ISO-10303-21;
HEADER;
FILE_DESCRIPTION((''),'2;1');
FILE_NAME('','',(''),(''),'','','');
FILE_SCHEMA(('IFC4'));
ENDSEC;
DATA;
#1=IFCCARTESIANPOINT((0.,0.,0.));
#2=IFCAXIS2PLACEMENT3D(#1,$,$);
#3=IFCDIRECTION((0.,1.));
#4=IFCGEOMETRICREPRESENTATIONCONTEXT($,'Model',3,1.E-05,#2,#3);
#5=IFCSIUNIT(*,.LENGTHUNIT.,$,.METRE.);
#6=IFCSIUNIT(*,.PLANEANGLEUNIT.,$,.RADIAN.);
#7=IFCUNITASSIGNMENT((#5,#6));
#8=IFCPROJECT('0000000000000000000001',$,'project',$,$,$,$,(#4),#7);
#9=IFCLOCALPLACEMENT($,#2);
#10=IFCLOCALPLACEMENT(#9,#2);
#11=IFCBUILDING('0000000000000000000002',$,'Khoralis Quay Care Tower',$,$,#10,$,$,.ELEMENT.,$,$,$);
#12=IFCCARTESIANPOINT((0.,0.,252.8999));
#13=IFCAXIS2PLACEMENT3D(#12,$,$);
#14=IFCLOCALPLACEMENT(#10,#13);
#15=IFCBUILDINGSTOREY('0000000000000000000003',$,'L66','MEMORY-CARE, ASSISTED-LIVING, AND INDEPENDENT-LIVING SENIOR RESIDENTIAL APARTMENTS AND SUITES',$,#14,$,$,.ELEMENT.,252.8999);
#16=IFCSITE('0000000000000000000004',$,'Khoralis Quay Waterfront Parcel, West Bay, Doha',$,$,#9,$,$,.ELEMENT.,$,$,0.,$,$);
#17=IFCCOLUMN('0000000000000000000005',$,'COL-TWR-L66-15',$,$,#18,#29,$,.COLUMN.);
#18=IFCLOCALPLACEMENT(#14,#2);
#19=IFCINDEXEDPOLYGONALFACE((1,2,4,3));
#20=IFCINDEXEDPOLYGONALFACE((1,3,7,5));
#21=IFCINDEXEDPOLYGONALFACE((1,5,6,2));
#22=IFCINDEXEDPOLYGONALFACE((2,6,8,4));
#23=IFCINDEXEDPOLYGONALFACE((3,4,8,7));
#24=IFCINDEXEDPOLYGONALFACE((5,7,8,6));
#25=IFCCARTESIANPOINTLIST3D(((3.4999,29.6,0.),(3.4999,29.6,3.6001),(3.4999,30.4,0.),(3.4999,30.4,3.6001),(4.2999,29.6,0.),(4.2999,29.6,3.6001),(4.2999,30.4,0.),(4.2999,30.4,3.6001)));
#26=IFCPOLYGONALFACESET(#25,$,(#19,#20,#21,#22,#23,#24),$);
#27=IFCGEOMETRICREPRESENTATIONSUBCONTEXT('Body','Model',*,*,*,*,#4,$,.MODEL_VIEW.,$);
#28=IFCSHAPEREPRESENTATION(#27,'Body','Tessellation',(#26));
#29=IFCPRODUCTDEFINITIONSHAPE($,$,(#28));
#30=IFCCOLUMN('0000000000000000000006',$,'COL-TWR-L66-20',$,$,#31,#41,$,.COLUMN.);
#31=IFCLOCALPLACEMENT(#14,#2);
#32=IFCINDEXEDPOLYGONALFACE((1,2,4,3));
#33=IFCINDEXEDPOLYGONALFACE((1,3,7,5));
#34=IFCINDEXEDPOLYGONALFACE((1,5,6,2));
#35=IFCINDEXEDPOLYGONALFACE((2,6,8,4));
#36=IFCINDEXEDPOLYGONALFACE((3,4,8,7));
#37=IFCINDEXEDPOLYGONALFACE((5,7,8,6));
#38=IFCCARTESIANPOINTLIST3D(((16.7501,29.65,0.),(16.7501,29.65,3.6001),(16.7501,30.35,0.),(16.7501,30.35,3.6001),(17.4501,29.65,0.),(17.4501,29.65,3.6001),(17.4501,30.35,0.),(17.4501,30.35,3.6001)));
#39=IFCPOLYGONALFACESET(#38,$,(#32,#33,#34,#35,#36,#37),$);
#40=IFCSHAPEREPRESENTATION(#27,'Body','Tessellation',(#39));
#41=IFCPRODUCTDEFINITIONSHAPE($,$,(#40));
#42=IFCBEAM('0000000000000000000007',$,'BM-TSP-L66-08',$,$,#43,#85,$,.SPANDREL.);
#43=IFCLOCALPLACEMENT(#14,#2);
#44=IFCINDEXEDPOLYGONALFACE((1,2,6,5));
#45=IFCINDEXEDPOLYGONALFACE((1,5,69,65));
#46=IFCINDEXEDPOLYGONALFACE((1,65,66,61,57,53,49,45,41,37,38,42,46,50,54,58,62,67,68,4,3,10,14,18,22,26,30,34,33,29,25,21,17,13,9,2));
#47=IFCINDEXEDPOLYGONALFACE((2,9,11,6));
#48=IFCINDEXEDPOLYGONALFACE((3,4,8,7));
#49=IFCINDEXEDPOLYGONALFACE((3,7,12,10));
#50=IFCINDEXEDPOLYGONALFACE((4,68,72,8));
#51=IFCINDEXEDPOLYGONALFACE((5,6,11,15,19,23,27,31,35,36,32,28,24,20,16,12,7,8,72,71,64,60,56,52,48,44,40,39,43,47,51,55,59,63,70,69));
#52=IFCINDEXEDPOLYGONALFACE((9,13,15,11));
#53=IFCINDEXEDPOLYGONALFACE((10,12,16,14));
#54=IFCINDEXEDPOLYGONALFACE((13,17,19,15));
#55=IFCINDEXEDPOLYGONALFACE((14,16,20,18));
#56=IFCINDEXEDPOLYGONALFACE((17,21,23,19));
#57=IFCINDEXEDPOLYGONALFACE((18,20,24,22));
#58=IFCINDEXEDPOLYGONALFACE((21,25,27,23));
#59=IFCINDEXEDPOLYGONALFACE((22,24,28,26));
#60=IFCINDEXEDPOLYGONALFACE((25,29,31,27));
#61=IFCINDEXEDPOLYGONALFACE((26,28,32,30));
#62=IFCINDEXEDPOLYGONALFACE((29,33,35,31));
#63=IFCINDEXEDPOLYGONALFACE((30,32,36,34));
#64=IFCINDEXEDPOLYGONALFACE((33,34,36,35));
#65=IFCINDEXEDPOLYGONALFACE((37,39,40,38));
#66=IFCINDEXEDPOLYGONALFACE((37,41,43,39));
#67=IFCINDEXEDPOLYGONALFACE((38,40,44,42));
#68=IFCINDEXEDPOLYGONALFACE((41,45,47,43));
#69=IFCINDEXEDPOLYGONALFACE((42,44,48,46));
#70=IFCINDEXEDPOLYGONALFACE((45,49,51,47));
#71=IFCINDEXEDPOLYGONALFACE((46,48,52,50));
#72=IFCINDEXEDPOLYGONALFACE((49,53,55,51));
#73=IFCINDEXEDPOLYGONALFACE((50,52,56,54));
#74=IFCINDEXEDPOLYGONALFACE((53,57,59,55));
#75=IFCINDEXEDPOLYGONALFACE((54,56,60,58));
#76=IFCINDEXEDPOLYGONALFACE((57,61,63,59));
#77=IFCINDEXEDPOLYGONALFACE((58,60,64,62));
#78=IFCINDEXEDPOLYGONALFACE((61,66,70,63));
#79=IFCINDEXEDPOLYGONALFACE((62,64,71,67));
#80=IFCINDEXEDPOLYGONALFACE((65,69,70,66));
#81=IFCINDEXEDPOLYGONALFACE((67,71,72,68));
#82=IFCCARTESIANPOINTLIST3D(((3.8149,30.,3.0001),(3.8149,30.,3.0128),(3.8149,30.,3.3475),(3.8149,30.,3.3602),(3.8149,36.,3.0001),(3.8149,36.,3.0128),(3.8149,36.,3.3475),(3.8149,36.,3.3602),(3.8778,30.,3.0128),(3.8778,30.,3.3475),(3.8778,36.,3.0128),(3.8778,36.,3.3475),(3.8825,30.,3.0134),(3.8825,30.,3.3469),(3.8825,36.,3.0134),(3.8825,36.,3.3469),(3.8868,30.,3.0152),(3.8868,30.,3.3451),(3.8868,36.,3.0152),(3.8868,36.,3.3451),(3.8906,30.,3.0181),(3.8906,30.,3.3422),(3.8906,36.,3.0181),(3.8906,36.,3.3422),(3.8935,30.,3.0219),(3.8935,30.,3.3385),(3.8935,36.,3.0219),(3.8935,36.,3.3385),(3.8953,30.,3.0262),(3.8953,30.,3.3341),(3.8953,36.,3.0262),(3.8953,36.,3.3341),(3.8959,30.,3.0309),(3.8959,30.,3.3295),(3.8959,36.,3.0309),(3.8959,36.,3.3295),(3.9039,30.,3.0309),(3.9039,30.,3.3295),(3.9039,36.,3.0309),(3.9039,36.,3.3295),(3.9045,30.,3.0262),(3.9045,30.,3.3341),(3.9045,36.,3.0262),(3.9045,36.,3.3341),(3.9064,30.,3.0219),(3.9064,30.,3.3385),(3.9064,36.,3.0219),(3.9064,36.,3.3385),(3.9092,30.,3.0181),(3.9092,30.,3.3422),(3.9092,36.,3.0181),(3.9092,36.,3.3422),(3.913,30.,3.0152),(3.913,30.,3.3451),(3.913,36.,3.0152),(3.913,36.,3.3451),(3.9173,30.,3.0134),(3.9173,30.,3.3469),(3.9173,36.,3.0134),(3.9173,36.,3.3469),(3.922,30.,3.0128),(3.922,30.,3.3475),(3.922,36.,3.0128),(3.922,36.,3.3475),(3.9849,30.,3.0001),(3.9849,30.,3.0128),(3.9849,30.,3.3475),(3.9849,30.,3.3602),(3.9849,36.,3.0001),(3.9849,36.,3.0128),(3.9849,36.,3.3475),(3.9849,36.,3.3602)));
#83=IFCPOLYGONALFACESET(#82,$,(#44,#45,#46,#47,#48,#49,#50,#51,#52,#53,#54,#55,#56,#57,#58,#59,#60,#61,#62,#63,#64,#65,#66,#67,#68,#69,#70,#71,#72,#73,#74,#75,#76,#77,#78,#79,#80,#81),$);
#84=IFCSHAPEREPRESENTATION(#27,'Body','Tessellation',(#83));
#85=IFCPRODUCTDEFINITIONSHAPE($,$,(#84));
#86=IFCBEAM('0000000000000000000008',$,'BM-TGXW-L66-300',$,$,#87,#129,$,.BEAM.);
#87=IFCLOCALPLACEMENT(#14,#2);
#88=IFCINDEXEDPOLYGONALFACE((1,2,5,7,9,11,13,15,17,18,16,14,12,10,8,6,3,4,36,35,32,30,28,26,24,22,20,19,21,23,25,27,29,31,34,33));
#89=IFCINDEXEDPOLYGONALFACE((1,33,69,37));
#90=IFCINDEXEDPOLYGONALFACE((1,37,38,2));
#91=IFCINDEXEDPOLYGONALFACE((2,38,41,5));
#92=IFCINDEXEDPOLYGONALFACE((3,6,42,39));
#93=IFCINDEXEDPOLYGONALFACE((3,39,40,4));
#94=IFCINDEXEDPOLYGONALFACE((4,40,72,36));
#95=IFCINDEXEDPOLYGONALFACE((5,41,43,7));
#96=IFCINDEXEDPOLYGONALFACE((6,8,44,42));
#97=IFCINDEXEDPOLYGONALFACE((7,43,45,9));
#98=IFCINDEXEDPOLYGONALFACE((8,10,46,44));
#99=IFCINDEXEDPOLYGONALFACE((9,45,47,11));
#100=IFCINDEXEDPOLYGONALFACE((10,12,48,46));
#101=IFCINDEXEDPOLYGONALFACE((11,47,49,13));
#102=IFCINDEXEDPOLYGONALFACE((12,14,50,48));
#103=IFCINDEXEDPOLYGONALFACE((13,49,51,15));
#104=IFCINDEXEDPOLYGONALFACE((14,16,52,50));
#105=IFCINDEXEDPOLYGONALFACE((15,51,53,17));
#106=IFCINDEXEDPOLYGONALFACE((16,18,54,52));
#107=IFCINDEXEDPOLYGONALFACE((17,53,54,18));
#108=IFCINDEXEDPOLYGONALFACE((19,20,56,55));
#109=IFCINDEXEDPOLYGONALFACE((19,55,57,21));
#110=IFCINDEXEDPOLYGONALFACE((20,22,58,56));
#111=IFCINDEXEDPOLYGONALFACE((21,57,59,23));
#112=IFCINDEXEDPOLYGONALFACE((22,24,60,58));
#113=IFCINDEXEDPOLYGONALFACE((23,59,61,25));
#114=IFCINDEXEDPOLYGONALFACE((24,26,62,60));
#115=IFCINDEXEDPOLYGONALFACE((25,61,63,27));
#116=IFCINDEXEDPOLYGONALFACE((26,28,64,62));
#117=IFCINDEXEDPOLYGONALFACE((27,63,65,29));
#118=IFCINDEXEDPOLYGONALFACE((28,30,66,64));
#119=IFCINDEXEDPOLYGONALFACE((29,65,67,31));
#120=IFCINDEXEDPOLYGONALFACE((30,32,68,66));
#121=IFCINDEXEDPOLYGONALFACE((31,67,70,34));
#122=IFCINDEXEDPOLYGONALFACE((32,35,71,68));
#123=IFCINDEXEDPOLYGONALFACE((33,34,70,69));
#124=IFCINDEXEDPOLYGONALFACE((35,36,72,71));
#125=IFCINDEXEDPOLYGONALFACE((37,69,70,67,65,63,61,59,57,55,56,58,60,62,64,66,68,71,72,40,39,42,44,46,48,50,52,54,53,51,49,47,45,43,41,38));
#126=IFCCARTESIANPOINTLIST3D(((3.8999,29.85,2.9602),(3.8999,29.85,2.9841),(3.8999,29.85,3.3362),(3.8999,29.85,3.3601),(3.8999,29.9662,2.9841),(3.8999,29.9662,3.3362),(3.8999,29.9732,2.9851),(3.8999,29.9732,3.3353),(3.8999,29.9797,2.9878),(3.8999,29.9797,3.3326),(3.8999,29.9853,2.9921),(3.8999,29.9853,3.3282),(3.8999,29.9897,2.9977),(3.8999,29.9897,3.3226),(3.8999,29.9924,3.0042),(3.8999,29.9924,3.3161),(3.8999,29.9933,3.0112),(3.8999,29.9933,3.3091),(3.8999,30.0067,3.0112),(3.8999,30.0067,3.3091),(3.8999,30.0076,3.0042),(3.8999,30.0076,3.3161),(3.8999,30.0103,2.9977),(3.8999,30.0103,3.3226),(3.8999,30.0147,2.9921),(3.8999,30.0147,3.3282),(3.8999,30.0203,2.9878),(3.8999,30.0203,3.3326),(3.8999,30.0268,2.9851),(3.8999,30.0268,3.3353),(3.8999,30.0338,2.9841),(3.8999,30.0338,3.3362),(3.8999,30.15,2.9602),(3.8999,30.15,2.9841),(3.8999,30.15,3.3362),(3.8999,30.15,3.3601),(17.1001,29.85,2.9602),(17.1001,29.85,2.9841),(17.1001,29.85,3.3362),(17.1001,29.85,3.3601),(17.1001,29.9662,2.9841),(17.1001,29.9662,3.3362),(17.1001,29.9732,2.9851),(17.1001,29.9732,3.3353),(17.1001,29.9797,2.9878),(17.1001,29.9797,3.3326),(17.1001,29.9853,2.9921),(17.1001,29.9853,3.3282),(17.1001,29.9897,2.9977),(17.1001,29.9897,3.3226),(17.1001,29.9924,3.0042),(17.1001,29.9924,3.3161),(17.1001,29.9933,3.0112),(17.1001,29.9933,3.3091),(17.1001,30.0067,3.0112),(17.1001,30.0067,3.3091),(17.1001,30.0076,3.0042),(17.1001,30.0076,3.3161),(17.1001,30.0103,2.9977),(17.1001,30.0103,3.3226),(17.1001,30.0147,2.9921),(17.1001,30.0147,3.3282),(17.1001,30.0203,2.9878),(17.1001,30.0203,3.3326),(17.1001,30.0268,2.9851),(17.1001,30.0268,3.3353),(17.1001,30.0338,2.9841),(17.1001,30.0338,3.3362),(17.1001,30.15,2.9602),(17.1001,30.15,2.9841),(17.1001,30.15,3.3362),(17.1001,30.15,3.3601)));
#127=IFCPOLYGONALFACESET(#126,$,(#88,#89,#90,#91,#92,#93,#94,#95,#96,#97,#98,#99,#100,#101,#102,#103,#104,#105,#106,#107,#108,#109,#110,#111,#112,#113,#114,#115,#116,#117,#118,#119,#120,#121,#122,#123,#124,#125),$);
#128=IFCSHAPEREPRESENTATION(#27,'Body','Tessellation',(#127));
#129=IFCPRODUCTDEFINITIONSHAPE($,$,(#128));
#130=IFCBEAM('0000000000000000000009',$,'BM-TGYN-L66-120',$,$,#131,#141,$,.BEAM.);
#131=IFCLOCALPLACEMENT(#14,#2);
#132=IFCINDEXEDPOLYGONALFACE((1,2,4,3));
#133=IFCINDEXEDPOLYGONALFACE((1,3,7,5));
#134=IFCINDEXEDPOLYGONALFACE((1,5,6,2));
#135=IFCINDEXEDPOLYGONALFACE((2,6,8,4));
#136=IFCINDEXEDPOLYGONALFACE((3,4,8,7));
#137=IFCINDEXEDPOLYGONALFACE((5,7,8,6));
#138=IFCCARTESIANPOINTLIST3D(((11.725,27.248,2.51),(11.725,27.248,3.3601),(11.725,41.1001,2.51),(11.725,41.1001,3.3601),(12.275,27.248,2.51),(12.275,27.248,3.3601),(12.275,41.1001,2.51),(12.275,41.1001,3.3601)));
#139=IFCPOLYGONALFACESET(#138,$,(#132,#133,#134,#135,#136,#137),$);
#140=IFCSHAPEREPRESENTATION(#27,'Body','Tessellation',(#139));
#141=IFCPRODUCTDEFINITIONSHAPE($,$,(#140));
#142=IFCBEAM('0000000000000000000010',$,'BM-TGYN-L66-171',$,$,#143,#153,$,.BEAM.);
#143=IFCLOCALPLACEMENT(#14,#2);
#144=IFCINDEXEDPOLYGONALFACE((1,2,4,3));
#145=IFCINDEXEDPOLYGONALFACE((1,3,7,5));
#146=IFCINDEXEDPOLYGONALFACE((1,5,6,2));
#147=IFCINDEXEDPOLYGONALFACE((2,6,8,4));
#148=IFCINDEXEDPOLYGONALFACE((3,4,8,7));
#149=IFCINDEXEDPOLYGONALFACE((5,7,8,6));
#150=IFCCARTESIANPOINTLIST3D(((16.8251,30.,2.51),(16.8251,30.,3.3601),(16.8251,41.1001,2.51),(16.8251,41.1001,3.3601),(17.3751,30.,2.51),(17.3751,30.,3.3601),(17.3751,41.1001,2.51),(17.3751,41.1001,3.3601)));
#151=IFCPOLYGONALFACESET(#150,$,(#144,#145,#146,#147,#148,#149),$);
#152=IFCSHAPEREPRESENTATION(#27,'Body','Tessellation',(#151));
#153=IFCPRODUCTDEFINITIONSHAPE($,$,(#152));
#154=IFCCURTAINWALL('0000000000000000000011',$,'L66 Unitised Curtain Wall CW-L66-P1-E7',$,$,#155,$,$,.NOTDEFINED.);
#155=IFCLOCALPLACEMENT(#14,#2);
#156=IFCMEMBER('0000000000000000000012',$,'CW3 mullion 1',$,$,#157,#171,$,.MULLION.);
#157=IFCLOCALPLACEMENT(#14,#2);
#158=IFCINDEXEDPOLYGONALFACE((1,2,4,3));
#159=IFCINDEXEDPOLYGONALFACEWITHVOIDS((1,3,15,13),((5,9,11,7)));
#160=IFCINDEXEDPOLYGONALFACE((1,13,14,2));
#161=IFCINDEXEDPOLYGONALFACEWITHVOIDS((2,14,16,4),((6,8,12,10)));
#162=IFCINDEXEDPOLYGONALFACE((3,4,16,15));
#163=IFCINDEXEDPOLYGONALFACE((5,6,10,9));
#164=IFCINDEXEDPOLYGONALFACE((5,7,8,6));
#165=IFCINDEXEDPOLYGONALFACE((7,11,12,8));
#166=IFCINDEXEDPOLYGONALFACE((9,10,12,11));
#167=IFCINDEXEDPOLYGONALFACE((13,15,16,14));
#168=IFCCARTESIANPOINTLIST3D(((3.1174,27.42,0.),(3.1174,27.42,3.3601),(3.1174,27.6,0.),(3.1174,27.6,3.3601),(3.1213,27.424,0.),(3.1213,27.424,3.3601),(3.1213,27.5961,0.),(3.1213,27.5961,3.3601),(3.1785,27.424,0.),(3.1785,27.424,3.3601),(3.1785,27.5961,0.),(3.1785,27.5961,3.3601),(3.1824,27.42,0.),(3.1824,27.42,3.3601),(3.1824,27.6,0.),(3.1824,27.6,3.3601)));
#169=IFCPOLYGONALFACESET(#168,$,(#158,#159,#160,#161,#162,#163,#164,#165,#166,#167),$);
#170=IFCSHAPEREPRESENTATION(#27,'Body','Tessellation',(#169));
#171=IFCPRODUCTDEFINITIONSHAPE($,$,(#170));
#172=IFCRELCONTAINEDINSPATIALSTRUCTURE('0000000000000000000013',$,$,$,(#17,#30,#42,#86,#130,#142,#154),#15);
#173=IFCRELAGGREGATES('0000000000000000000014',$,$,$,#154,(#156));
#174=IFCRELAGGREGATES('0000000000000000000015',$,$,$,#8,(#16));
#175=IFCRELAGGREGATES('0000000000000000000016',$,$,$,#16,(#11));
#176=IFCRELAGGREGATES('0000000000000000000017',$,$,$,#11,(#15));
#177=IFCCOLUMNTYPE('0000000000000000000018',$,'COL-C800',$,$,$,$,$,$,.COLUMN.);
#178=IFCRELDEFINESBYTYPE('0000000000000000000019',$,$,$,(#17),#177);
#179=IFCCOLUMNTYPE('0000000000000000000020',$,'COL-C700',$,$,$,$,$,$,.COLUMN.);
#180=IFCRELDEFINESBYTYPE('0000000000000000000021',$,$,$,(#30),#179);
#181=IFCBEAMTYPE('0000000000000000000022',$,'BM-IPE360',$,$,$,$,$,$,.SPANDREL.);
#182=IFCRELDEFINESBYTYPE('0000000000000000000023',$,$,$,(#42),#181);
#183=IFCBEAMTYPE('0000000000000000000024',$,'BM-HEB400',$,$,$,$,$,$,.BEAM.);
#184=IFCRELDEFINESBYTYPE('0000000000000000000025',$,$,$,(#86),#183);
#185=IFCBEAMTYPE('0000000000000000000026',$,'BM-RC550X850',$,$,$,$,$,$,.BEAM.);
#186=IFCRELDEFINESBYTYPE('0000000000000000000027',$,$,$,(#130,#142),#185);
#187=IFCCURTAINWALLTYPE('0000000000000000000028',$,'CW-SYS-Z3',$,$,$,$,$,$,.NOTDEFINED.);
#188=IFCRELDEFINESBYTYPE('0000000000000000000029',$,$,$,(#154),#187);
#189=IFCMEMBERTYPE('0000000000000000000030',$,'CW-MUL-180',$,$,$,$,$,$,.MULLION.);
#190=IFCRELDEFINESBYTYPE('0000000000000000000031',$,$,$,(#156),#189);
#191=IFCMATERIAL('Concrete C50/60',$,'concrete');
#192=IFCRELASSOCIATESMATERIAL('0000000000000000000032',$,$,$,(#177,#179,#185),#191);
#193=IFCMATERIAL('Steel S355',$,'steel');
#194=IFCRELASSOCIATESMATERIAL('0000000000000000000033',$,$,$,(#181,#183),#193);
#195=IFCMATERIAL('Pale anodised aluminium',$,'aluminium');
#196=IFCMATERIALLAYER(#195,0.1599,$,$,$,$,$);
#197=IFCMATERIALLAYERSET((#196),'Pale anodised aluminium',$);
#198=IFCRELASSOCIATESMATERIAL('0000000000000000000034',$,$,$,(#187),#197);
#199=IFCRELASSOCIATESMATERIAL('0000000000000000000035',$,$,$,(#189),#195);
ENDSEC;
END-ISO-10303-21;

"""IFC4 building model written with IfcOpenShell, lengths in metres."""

from ifc_helpers import new_model, si_unit, direction, frame, origin, origin_2d, place, context, subcontext, project, spatial, rectangle, hollow_rectangle, i_section, extrude, source, transform, mapped, material, layer, layer_set, material_profile, profile_set, type_object, element, aggregate, save


model = new_model("IFC4")

# Units and contexts
model_context = context("Model", 3, precision=1e-05, world=origin(), true_north=direction((0.0, 1.0)))
body_context = subcontext(model_context, "Body", "Model", "MODEL_VIEW")
ifc_project = project(units=[si_unit("LENGTHUNIT", "METRE"), si_unit("PLANEANGLEUNIT", "RADIAN")], contexts=[model_context])

# Site, building, storey
site_placement = place(None, origin())
site = spatial("IfcSite", under=ifc_project, at=site_placement, Name="Khoralis Quay Waterfront Parcel, West Bay, Doha", CompositionType="ELEMENT", RefElevation=0.0)
building_placement = place(site_placement, origin())
building = spatial("IfcBuilding", under=site, at=building_placement, Name="Khoralis Quay Care Tower", CompositionType="ELEMENT")
storey_placement = place(building_placement, frame((0.0, 0.0, 252.8999)))
storey = spatial("IfcBuildingStorey", under=building, at=storey_placement, Name="L66", Description="MEMORY-CARE, ASSISTED-LIVING, AND INDEPENDENT-LIVING SENIOR RESIDENTIAL APARTMENTS AND SUITES", CompositionType="ELEMENT", Elevation=252.8999)

# Columns
ifc_material_1 = material(Name="Concrete C50/60", Category="concrete")
ifc_material_profile_1 = material_profile(ifc_material_1, rectangle(XDim=0.8, YDim=0.8, at=origin_2d()), Name="Concrete C50/60")
ifc_profile_set_1 = profile_set([ifc_material_profile_1], Name="Concrete C50/60")
column_type_1 = type_object("IfcColumnType", Name="COL-C800", PredefinedType="COLUMN", material=ifc_profile_set_1)
shared_shape_1 = source(origin(), body_context, "Body", "SweptSolid", [
    extrude(rectangle(XDim=0.8, YDim=0.8, at=origin_2d()), origin(), (0.0, 0.0, 1.0), 3.6001),
])
column_1_placement = place(storey_placement, frame((3.8999, 30.0, 0.0), z_axis=(0.0, 0.0, 1.0), x_axis=(1.0, 0.0, 0.0)))
element("IfcColumn", 1, at=column_1_placement, inside=storey, type_object=column_type_1, Name="COL-TWR-L66-15", PredefinedType="COLUMN", context=body_context, shape_type="MappedRepresentation", body=[
    mapped(shared_shape_1, transform((0.0, 0.0, 0.0), scale=1.0)),
])
ifc_material_profile_2 = material_profile(ifc_material_1, rectangle(XDim=0.7, YDim=0.7, at=origin_2d()), Name="Concrete C50/60")
ifc_profile_set_2 = profile_set([ifc_material_profile_2], Name="Concrete C50/60")
column_type_2 = type_object("IfcColumnType", Name="COL-C700", PredefinedType="COLUMN", material=ifc_profile_set_2)
shared_shape_2 = source(origin(), body_context, "Body", "SweptSolid", [
    extrude(rectangle(XDim=0.7, YDim=0.7, at=origin_2d()), origin(), (0.0, 0.0, 1.0), 3.6001),
])
column_2_placement = place(storey_placement, frame((17.1001, 30.0, 0.0), z_axis=(0.0, 0.0, 1.0), x_axis=(1.0, 0.0, 0.0)))
element("IfcColumn", 2, at=column_2_placement, inside=storey, type_object=column_type_2, Name="COL-TWR-L66-20", PredefinedType="COLUMN", context=body_context, shape_type="MappedRepresentation", body=[
    mapped(shared_shape_2, transform((0.0, 0.0, 0.0), scale=1.0)),
])

# Beams
ifc_material_2 = material(Name="Steel S355", Category="steel")
ifc_material_profile_3 = material_profile(ifc_material_2, i_section(OverallWidth=0.1699, OverallDepth=0.3601, WebThickness=0.0081, FlangeThickness=0.0127, FilletRadius=0.0181, at=origin_2d()), Name="Steel S355")
ifc_profile_set_3 = profile_set([ifc_material_profile_3], Name="Steel S355")
beam_type_1 = type_object("IfcBeamType", Name="BM-IPE360", PredefinedType="SPANDREL", material=ifc_profile_set_3)
shared_shape_3 = source(origin(), body_context, "Body", "SweptSolid", [
    extrude(i_section(OverallWidth=0.1699, OverallDepth=0.3601, WebThickness=0.0081, FlangeThickness=0.0127, FilletRadius=0.0181, at=origin_2d()), origin(), (0.0, 0.0, 1.0), 6.0),
])
beam_1_placement = place(storey_placement, frame((3.8999, 30.0, 3.1802), z_axis=(0.0, 1.0, 0.0), x_axis=(-1.0, 0.0, 0.0)))
element("IfcBeam", 3, at=beam_1_placement, inside=storey, type_object=beam_type_1, Name="BM-TSP-L66-08", PredefinedType="SPANDREL", context=body_context, shape_type="MappedRepresentation", body=[
    mapped(shared_shape_3, transform((0.0, 0.0, 0.0), scale=1.0)),
])
ifc_material_profile_4 = material_profile(ifc_material_2, i_section(OverallWidth=0.3, OverallDepth=0.3999, WebThickness=0.0134, FlangeThickness=0.0239, FilletRadius=0.0271, at=origin_2d()), Name="Steel S355")
ifc_profile_set_4 = profile_set([ifc_material_profile_4], Name="Steel S355")
beam_type_2 = type_object("IfcBeamType", Name="BM-HEB400", PredefinedType="BEAM", material=ifc_profile_set_4)
shared_shape_4 = source(origin(), body_context, "Body", "SweptSolid", [
    extrude(i_section(OverallWidth=0.3, OverallDepth=0.3999, WebThickness=0.0134, FlangeThickness=0.0239, FilletRadius=0.0271, at=origin_2d()), origin(), (0.0, 0.0, 1.0), 13.2002),
])
beam_2_placement = place(storey_placement, frame((3.8999, 30.0, 3.1602), z_axis=(1.0, 0.0, 0.0), x_axis=(0.0, 1.0, 0.0)))
element("IfcBeam", 4, at=beam_2_placement, inside=storey, type_object=beam_type_2, Name="BM-TGXW-L66-300", PredefinedType="BEAM", context=body_context, shape_type="MappedRepresentation", body=[
    mapped(shared_shape_4, transform((0.0, 0.0, 0.0), scale=1.0)),
])
ifc_material_profile_5 = material_profile(ifc_material_1, rectangle(XDim=0.55, YDim=0.8501, at=origin_2d()), Name="Concrete C50/60")
ifc_profile_set_5 = profile_set([ifc_material_profile_5], Name="Concrete C50/60")
beam_type_3 = type_object("IfcBeamType", Name="BM-RC550X850", PredefinedType="BEAM", material=ifc_profile_set_5)
shared_shape_5 = source(origin(), body_context, "Body", "SweptSolid", [
    extrude(rectangle(XDim=0.55, YDim=0.8501, at=origin_2d()), origin(), (0.0, 0.0, 1.0), 13.8521),
])
beam_3_placement = place(storey_placement, frame((12.0, 27.248, 2.9351), z_axis=(0.0, 1.0, 0.0), x_axis=(-1.0, 0.0, 0.0)))
element("IfcBeam", 5, at=beam_3_placement, inside=storey, type_object=beam_type_3, Name="BM-TGYN-L66-120", PredefinedType="BEAM", context=body_context, shape_type="MappedRepresentation", body=[
    mapped(shared_shape_5, transform((0.0, 0.0, 0.0), scale=1.0)),
])
shared_shape_6 = source(origin(), body_context, "Body", "SweptSolid", [
    extrude(rectangle(XDim=0.55, YDim=0.8501, at=origin_2d()), origin(), (0.0, 0.0, 1.0), 11.1001),
])
beam_4_placement = place(storey_placement, frame((17.1001, 30.0, 2.9351), z_axis=(0.0, 1.0, 0.0), x_axis=(-1.0, 0.0, 0.0)))
element("IfcBeam", 6, at=beam_4_placement, inside=storey, type_object=beam_type_3, Name="BM-TGYN-L66-171", PredefinedType="BEAM", context=body_context, shape_type="MappedRepresentation", body=[
    mapped(shared_shape_6, transform((0.0, 0.0, 0.0), scale=1.0)),
])

# Curtain wall, member
ifc_material_3 = material(Name="Pale anodised aluminium", Category="aluminium")
ifc_layer_1 = layer(ifc_material_3, 0.1599)
ifc_layer_set_1 = layer_set([ifc_layer_1], Name="Pale anodised aluminium")
curtain_wall_type = type_object("IfcCurtainWallType", Name="CW-SYS-Z3", PredefinedType="NOTDEFINED", material=ifc_layer_set_1)
curtain_wall_placement = place(storey_placement, origin())
curtain_wall = element("IfcCurtainWall", 7, at=curtain_wall_placement, inside=storey, type_object=curtain_wall_type, Name="L66 Unitised Curtain Wall CW-L66-P1-E7", PredefinedType="NOTDEFINED")
ifc_material_profile_6 = material_profile(ifc_material_3, hollow_rectangle(XDim=0.0649, YDim=0.1799, WallThickness=0.0039, at=origin_2d()), Name="Pale anodised aluminium")
ifc_profile_set_6 = profile_set([ifc_material_profile_6], Name="Pale anodised aluminium")
member_type_1 = type_object("IfcMemberType", Name="CW-MUL-180", PredefinedType="MULLION", material=ifc_profile_set_6)
shared_shape_7 = source(origin(), body_context, "Body", "SweptSolid", [
    extrude(hollow_rectangle(XDim=0.0649, YDim=0.1799, WallThickness=0.0039, at=origin_2d()), origin(), (0.0, 0.0, 1.0), 3.3601),
])
member_1_placement = place(storey_placement, frame((3.1499, 27.51, 0.0), z_axis=(0.0, 0.0, 1.0), x_axis=(1.0, 0.0, 0.0)))
member_1 = element("IfcMember", 8, at=member_1_placement, type_object=member_type_1, Name="CW3 mullion 1", PredefinedType="MULLION", context=body_context, shape_type="MappedRepresentation", body=[
    mapped(shared_shape_7, transform((0.0, 0.0, 0.0), scale=1.0)),
])
aggregate(curtain_wall, [member_1])

save(model, "model.ifc")
